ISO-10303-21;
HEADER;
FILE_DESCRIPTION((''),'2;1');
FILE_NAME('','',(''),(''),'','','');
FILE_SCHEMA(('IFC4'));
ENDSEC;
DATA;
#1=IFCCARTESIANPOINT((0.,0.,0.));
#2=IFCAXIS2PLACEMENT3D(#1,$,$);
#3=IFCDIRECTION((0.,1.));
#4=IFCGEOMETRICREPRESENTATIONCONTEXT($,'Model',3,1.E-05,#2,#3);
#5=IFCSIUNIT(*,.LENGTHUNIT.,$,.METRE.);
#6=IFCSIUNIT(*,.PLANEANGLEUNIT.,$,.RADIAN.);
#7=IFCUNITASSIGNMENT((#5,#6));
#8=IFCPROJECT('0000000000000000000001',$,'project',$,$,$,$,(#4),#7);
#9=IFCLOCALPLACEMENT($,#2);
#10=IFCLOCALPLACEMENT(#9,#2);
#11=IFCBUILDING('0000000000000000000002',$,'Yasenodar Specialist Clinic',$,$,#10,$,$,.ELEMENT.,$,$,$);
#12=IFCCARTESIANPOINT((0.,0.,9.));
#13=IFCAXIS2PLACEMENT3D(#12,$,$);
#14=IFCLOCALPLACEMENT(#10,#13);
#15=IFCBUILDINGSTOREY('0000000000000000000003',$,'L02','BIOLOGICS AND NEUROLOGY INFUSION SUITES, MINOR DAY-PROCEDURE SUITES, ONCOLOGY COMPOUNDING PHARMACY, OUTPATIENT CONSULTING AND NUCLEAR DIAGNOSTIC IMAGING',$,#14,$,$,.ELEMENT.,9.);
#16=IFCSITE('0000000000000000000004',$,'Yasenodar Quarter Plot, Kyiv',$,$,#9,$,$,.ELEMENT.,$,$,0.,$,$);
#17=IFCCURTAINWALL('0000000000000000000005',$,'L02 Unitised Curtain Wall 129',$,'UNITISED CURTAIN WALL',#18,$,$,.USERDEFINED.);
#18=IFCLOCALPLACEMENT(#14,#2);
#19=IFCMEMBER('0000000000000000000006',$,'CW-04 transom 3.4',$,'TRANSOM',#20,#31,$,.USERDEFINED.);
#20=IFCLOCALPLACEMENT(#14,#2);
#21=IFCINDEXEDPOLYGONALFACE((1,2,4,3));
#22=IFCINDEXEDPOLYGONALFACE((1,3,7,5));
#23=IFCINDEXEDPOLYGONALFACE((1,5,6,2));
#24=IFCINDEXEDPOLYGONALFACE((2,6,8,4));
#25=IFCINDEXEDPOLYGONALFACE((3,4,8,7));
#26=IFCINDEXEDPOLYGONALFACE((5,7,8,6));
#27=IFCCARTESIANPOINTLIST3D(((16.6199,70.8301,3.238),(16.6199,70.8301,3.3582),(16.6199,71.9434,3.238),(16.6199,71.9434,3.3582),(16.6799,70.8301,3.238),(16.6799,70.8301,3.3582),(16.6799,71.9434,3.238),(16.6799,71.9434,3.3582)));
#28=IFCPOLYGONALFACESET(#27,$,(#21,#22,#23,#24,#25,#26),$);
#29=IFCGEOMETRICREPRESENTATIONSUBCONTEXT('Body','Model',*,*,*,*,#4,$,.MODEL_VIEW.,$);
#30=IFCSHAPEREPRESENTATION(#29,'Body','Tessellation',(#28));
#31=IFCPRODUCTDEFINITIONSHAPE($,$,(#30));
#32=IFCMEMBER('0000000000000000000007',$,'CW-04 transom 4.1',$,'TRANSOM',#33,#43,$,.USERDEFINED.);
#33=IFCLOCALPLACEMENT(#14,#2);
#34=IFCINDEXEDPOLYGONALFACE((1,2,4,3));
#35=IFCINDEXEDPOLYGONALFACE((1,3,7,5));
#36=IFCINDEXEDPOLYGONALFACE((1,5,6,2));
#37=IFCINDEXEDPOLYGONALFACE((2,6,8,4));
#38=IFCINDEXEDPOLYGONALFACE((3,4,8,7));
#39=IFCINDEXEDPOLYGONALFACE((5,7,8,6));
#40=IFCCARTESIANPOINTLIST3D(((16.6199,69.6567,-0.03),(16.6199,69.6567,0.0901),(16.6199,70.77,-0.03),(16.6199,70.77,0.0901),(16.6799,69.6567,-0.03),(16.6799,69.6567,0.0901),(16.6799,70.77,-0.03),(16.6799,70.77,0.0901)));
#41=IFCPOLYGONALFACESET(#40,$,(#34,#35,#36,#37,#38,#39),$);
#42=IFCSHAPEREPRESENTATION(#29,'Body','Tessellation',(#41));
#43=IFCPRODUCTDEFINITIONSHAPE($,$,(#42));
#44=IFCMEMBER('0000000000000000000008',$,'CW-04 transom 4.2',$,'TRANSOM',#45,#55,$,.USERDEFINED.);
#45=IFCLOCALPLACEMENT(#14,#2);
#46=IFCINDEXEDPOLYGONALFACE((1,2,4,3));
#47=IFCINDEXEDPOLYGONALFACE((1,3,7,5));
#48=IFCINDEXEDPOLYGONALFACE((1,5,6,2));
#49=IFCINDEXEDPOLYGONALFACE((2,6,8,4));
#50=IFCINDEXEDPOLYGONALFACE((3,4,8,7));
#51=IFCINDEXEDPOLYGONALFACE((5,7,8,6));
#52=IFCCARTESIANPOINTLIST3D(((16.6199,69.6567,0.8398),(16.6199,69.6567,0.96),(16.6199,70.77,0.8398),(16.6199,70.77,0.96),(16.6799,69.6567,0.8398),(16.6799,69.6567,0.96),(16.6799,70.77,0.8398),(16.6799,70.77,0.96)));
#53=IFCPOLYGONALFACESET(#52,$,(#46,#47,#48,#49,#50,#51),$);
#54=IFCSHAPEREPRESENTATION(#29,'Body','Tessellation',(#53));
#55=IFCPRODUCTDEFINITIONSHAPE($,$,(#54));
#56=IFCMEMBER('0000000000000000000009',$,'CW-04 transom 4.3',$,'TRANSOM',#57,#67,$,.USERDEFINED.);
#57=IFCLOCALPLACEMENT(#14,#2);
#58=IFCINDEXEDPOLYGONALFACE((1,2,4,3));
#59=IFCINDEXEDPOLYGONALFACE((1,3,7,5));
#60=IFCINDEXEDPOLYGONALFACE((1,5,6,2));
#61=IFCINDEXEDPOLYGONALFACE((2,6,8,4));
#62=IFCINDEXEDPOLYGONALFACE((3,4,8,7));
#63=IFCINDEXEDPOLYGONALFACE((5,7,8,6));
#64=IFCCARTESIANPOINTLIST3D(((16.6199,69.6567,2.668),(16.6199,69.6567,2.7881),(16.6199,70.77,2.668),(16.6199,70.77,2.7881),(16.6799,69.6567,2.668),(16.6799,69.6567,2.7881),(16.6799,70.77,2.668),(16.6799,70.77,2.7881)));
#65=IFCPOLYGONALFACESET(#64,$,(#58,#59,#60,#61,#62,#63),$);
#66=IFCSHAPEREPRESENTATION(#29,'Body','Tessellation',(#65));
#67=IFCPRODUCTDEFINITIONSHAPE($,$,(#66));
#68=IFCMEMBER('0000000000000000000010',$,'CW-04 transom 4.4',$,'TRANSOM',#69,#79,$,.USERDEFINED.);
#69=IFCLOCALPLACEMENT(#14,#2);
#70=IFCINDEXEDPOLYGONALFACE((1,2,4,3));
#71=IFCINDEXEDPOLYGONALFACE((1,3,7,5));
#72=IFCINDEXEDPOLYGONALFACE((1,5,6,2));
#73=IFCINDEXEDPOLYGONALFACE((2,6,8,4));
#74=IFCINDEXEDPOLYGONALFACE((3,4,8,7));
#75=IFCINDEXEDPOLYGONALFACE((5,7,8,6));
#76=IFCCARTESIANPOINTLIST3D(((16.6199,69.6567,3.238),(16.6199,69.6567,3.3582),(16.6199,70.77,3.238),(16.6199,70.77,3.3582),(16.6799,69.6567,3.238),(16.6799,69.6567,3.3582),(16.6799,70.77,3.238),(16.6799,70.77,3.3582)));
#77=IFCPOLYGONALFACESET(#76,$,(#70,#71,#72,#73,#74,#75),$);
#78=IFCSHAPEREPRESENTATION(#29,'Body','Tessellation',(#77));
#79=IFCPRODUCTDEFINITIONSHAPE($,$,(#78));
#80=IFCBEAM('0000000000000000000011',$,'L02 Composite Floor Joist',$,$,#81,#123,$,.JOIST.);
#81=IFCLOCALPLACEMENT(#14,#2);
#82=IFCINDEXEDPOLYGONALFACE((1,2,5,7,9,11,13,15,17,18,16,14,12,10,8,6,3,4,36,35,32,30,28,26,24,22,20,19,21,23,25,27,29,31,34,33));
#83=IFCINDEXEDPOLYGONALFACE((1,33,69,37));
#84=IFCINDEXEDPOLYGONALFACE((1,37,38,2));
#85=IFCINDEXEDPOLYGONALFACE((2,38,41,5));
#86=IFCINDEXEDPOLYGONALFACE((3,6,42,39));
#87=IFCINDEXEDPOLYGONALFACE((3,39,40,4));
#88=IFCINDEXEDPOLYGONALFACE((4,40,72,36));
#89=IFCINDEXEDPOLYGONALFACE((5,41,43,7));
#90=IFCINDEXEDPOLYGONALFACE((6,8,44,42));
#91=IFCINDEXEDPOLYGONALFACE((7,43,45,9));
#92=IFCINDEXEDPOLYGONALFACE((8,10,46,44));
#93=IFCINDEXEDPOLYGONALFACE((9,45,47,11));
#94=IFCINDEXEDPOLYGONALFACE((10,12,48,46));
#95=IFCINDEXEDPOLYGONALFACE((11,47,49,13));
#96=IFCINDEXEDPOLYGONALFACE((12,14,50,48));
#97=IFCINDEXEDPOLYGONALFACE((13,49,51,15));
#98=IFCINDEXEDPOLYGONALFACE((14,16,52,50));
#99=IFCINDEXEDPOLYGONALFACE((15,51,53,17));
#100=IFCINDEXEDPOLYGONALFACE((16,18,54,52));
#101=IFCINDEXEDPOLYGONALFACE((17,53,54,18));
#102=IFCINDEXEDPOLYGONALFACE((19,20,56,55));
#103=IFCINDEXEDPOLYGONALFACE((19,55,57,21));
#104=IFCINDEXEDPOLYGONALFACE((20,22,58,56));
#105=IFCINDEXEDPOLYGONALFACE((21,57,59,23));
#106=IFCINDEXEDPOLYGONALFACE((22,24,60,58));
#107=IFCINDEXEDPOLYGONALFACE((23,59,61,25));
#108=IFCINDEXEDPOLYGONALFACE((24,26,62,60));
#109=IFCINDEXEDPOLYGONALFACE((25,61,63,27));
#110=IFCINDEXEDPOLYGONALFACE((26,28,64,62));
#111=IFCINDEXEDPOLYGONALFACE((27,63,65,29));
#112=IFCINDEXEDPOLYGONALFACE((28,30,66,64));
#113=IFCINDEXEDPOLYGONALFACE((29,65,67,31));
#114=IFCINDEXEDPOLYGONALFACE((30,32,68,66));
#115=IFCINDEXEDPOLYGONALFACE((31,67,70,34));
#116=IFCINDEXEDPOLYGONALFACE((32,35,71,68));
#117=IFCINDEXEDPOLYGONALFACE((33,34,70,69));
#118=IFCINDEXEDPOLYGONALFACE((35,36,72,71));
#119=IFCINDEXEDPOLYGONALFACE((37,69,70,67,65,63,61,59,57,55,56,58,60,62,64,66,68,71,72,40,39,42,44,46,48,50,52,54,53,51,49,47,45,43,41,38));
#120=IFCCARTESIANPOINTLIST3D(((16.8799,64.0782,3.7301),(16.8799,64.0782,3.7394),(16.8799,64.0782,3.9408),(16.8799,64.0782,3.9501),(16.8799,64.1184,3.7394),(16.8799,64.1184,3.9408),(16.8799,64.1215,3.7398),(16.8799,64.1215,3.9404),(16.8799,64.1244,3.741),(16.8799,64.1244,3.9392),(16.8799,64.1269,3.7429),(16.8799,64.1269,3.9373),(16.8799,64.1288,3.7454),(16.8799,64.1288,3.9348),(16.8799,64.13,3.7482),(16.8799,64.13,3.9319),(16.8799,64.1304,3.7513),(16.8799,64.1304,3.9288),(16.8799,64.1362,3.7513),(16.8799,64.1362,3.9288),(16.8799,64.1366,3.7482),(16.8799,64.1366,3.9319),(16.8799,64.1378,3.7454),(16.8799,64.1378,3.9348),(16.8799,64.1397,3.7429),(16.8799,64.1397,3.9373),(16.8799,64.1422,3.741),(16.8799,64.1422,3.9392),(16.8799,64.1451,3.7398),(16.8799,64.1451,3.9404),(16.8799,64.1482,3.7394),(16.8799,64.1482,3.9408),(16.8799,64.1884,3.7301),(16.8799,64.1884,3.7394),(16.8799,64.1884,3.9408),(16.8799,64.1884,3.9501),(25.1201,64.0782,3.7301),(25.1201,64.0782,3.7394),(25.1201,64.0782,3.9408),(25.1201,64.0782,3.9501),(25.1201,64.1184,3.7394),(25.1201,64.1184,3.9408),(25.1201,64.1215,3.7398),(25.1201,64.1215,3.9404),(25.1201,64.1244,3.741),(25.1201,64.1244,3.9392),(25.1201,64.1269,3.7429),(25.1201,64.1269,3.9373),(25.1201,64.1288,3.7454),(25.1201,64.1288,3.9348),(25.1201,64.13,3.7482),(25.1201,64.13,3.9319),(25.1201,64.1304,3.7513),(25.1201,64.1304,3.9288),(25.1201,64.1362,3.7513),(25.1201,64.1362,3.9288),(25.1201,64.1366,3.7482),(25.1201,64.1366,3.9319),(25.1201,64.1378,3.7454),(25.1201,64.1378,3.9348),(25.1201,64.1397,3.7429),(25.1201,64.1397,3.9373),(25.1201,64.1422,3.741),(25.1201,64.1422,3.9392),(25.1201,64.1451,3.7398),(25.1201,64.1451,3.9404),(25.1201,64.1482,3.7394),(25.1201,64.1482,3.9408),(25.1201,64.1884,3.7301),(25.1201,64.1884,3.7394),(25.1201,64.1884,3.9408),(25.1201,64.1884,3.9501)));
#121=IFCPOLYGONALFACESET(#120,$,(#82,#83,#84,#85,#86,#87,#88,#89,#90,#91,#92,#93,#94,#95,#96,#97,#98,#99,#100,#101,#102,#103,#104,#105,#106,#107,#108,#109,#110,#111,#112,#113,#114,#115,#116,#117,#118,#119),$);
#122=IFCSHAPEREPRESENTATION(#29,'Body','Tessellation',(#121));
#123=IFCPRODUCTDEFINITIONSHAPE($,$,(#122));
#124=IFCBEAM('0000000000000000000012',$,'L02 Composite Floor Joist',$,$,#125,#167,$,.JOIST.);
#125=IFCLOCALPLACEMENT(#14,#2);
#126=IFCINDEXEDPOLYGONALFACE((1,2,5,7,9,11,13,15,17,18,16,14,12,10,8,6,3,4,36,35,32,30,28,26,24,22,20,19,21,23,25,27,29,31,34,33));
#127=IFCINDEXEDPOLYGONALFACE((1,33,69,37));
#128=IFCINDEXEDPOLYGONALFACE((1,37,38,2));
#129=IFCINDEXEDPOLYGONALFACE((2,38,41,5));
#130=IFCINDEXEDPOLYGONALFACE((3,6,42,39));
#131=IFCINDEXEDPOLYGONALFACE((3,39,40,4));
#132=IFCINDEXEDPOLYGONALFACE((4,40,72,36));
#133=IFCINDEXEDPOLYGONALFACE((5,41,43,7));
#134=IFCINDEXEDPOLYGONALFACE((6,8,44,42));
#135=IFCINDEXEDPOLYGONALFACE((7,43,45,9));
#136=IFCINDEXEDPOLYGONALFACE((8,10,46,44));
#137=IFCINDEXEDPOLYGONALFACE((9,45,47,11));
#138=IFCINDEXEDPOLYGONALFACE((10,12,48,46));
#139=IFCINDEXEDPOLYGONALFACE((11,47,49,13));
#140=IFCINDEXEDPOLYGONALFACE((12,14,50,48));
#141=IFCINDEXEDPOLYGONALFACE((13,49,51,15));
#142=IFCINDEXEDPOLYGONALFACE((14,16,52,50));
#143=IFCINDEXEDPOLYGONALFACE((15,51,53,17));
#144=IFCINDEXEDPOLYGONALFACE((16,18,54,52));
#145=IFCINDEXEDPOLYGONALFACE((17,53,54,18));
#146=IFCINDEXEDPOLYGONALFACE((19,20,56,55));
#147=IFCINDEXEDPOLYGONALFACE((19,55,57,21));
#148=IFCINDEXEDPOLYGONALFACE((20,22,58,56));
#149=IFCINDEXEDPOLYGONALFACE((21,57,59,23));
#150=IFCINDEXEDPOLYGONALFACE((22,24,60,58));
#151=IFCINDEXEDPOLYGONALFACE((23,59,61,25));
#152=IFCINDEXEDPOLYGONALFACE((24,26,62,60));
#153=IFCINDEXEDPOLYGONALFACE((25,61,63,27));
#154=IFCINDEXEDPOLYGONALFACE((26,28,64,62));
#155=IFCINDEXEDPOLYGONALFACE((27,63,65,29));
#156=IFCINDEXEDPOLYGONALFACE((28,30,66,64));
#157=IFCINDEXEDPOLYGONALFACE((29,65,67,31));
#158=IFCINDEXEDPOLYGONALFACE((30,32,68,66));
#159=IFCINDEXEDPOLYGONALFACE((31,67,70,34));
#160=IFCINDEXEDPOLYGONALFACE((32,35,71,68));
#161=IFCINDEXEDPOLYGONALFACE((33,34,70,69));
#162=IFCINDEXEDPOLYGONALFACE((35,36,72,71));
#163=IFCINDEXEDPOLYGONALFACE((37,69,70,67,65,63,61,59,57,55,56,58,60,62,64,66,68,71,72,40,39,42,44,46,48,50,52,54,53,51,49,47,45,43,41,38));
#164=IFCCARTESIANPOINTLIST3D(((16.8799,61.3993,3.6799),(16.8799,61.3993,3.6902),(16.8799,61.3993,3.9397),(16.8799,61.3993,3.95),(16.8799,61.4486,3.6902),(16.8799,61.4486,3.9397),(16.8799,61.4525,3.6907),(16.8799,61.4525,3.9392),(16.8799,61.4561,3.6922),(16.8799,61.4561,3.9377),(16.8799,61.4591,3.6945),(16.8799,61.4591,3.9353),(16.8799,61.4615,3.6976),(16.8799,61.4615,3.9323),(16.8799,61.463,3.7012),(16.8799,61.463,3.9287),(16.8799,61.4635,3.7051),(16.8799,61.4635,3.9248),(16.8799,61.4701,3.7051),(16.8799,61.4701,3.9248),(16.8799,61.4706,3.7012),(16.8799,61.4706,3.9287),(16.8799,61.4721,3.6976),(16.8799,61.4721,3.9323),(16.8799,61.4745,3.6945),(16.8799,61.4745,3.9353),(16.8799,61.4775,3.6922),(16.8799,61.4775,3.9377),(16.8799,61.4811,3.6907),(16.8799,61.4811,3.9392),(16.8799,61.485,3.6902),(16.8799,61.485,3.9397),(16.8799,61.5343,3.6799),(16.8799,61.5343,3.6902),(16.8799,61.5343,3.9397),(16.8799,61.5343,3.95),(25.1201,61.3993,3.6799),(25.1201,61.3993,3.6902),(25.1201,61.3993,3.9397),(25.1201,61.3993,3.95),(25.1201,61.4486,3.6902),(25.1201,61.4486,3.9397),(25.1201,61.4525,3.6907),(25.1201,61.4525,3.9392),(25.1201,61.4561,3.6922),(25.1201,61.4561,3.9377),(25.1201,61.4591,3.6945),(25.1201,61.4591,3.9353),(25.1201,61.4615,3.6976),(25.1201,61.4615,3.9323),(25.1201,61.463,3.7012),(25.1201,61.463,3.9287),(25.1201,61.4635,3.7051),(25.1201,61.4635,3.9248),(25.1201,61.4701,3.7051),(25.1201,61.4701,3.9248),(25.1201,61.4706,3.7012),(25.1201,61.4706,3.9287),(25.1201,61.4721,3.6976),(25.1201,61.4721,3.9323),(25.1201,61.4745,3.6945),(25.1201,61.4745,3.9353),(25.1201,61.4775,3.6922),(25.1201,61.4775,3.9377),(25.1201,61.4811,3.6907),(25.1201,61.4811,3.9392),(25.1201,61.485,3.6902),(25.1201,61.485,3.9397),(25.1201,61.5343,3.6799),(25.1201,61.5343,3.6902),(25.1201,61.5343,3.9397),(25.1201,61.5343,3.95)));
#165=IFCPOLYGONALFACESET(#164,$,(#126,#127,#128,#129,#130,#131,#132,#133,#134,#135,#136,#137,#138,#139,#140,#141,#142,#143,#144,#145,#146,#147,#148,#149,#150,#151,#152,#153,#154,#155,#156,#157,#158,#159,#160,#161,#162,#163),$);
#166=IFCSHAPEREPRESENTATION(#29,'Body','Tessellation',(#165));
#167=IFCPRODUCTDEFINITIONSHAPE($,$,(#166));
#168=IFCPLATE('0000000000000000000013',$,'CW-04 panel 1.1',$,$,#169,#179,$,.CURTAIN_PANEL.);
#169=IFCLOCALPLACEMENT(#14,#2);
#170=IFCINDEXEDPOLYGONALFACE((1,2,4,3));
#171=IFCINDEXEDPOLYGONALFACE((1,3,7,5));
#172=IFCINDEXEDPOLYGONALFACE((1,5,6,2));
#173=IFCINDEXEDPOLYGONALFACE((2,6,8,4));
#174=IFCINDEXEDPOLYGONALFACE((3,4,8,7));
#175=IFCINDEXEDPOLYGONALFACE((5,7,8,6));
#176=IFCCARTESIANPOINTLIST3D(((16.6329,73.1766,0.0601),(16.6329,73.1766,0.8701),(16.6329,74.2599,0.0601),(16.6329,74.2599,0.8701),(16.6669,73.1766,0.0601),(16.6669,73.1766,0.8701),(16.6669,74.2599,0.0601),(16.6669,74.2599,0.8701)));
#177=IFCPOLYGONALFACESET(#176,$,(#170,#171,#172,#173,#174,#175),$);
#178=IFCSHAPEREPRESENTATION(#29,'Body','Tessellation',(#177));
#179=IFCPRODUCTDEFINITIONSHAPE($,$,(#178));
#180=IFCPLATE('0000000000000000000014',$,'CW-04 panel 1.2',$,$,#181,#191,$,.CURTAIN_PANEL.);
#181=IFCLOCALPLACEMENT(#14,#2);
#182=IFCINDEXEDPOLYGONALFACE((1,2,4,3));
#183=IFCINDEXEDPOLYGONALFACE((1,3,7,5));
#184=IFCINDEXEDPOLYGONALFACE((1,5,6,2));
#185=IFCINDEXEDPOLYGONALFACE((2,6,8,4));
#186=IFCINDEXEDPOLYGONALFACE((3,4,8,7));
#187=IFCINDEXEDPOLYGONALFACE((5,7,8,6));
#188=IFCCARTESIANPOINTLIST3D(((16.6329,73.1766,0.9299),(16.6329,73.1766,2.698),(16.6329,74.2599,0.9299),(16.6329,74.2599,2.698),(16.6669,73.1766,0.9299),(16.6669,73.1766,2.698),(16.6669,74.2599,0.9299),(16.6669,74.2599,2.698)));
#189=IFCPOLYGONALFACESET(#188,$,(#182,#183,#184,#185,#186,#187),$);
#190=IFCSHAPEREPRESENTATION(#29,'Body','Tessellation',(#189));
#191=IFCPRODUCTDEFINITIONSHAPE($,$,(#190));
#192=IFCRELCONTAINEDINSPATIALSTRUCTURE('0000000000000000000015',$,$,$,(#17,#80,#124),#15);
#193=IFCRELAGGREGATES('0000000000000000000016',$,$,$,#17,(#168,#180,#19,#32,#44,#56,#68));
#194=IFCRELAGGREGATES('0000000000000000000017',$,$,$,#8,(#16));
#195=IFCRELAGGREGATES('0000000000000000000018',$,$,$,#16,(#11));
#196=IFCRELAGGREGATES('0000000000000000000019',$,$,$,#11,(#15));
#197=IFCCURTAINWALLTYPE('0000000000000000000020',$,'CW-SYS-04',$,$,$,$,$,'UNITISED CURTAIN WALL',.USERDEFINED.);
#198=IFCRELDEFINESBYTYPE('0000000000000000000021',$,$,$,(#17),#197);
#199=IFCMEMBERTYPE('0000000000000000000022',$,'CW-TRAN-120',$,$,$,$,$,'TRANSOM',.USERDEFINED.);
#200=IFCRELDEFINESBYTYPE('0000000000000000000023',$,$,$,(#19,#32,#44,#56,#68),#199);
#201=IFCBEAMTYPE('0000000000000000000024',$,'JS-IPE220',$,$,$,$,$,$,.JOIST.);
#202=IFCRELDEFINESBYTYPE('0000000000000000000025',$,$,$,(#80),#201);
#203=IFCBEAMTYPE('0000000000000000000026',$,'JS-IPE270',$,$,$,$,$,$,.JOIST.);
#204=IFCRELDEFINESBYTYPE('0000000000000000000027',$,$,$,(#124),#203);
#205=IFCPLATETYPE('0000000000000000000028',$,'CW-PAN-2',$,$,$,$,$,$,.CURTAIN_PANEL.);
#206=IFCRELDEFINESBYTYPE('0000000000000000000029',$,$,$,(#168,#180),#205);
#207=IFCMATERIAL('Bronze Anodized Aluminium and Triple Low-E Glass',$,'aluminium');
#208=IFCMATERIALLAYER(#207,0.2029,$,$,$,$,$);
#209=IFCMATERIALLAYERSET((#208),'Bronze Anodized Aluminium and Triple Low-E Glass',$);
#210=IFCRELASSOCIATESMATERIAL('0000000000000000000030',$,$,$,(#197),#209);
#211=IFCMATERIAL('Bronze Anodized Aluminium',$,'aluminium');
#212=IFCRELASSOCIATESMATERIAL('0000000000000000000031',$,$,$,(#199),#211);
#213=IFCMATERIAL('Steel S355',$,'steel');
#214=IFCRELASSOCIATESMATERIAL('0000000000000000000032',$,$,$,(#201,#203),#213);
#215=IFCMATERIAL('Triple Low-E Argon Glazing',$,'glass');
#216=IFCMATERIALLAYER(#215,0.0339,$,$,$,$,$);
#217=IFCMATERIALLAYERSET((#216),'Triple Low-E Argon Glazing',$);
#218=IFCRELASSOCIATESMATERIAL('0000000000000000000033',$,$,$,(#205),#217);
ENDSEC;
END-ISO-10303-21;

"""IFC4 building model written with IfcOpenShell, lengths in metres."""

from ifc_helpers import new_model, si_unit, direction, frame, origin, origin_2d, place, context, subcontext, project, spatial, rectangle, i_section, extrude, material, layer, layer_set, material_profile, profile_set, type_object, element, aggregate, save


model = new_model("IFC4")

# Units and contexts
model_context = context("Model", 3, precision=1e-05, world=origin(), true_north=direction((0.0, 1.0)))
body_context = subcontext(model_context, "Body", "Model", "MODEL_VIEW")
ifc_project = project(units=[si_unit("LENGTHUNIT", "METRE"), si_unit("PLANEANGLEUNIT", "RADIAN")], contexts=[model_context])

# Site, building, storey
site_placement = place(None, origin())
site = spatial("IfcSite", under=ifc_project, at=site_placement, Name="Yasenodar Quarter Plot, Kyiv", CompositionType="ELEMENT", RefElevation=0.0)
building_placement = place(site_placement, origin())
building = spatial("IfcBuilding", under=site, at=building_placement, Name="Yasenodar Specialist Clinic", CompositionType="ELEMENT")
storey_placement = place(building_placement, frame((0.0, 0.0, 9.0)))
storey = spatial("IfcBuildingStorey", under=building, at=storey_placement, Name="L02", Description="BIOLOGICS AND NEUROLOGY INFUSION SUITES, MINOR DAY-PROCEDURE SUITES, ONCOLOGY COMPOUNDING PHARMACY, OUTPATIENT CONSULTING AND NUCLEAR DIAGNOSTIC IMAGING", CompositionType="ELEMENT", Elevation=9.0)

# Shared definitions
ifc_material_1 = material(Name="Steel S355", Category="steel")

# Curtain wall, members
ifc_material_2 = material(Name="Bronze Anodized Aluminium and Triple Low-E Glass", Category="aluminium")
ifc_layer_1 = layer(ifc_material_2, 0.2029)
ifc_layer_set_1 = layer_set([ifc_layer_1], Name="Bronze Anodized Aluminium and Triple Low-E Glass")
curtain_wall_type = type_object("IfcCurtainWallType", Name="CW-SYS-04", ElementType="UNITISED CURTAIN WALL", PredefinedType="USERDEFINED", material=ifc_layer_set_1)
curtain_wall_placement = place(storey_placement, origin())
curtain_wall = element("IfcCurtainWall", 1, at=curtain_wall_placement, inside=storey, type_object=curtain_wall_type, Name="L02 Unitised Curtain Wall 129", ObjectType="UNITISED CURTAIN WALL", PredefinedType="USERDEFINED")
ifc_material_3 = material(Name="Bronze Anodized Aluminium", Category="aluminium")
ifc_material_profile_1 = material_profile(ifc_material_3, rectangle(XDim=0.0601, YDim=0.1201, at=origin_2d()), Name="CW-TRAN 60x120")
ifc_profile_set_1 = profile_set([ifc_material_profile_1], Name="Bronze Anodized Aluminium")
member_type_1 = type_object("IfcMemberType", Name="CW-TRAN-120", ElementType="TRANSOM", PredefinedType="USERDEFINED", material=ifc_profile_set_1)
member_1_placement = place(storey_placement, frame((16.6499, 71.9434, 3.2981), z_axis=(0.0, -1.0, 0.0), x_axis=(1.0, 0.0, 0.0)))
member_1 = element("IfcMember", 2, at=member_1_placement, type_object=member_type_1, Name="CW-04 transom 3.4", ObjectType="TRANSOM", PredefinedType="USERDEFINED", context=body_context, shape_type="SweptSolid", body=[
    extrude(rectangle(XDim=0.0601, YDim=0.1201, at=origin_2d()), origin(), (0.0, 0.0, 1.0), 1.1133),
])
member_2_placement = place(storey_placement, frame((16.6499, 70.77, 0.03), z_axis=(0.0, -1.0, 0.0), x_axis=(1.0, 0.0, 0.0)))
member_2 = element("IfcMember", 3, at=member_2_placement, type_object=member_type_1, Name="CW-04 transom 4.1", ObjectType="TRANSOM", PredefinedType="USERDEFINED", context=body_context, shape_type="SweptSolid", body=[
    extrude(rectangle(XDim=0.0601, YDim=0.1201, at=origin_2d()), origin(), (0.0, 0.0, 1.0), 1.1133),
])
member_3_placement = place(storey_placement, frame((16.6499, 70.77, 0.8999), z_axis=(0.0, -1.0, 0.0), x_axis=(1.0, 0.0, 0.0)))
member_3 = element("IfcMember", 4, at=member_3_placement, type_object=member_type_1, Name="CW-04 transom 4.2", ObjectType="TRANSOM", PredefinedType="USERDEFINED", context=body_context, shape_type="SweptSolid", body=[
    extrude(rectangle(XDim=0.0601, YDim=0.1201, at=origin_2d()), origin(), (0.0, 0.0, 1.0), 1.1133),
])
member_4_placement = place(storey_placement, frame((16.6499, 70.77, 2.728), z_axis=(0.0, -1.0, 0.0), x_axis=(1.0, 0.0, 0.0)))
member_4 = element("IfcMember", 5, at=member_4_placement, type_object=member_type_1, Name="CW-04 transom 4.3", ObjectType="TRANSOM", PredefinedType="USERDEFINED", context=body_context, shape_type="SweptSolid", body=[
    extrude(rectangle(XDim=0.0601, YDim=0.1201, at=origin_2d()), origin(), (0.0, 0.0, 1.0), 1.1133),
])
member_5_placement = place(storey_placement, frame((16.6499, 70.77, 3.2981), z_axis=(0.0, -1.0, 0.0), x_axis=(1.0, 0.0, 0.0)))
member_5 = element("IfcMember", 6, at=member_5_placement, type_object=member_type_1, Name="CW-04 transom 4.4", ObjectType="TRANSOM", PredefinedType="USERDEFINED", context=body_context, shape_type="SweptSolid", body=[
    extrude(rectangle(XDim=0.0601, YDim=0.1201, at=origin_2d()), origin(), (0.0, 0.0, 1.0), 1.1133),
])

# Beams
ifc_material_profile_2 = material_profile(ifc_material_1, i_section(OverallWidth=0.1101, OverallDepth=0.22, WebThickness=0.0059, FlangeThickness=0.0093, FilletRadius=0.012, at=origin_2d()), Name="IPE 220")
ifc_profile_set_2 = profile_set([ifc_material_profile_2], Name="Steel S355")
beam_type_1 = type_object("IfcBeamType", Name="JS-IPE220", PredefinedType="JOIST", material=ifc_profile_set_2)
beam_1_placement = place(storey_placement, frame((16.8799, 64.1333, 3.8401), z_axis=(1.0, 0.0, 0.0), x_axis=(0.0, 1.0, 0.0)))
element("IfcBeam", 7, at=beam_1_placement, inside=storey, type_object=beam_type_1, Name="L02 Composite Floor Joist", PredefinedType="JOIST", context=body_context, shape_type="SweptSolid", body=[
    extrude(i_section(OverallWidth=0.1101, OverallDepth=0.22, WebThickness=0.0059, FlangeThickness=0.0093, FilletRadius=0.012, at=origin_2d()), origin(), (0.0, 0.0, 1.0), 8.2402),
])
ifc_material_profile_3 = material_profile(ifc_material_1, i_section(OverallWidth=0.135, OverallDepth=0.27, WebThickness=0.0066, FlangeThickness=0.0103, FilletRadius=0.0149, at=origin_2d()), Name="IPE 270")
ifc_profile_set_3 = profile_set([ifc_material_profile_3], Name="Steel S355")
beam_type_2 = type_object("IfcBeamType", Name="JS-IPE270", PredefinedType="JOIST", material=ifc_profile_set_3)
beam_2_placement = place(storey_placement, frame((16.8799, 61.4668, 3.8149), z_axis=(1.0, 0.0, 0.0), x_axis=(0.0, 1.0, 0.0)))
element("IfcBeam", 8, at=beam_2_placement, inside=storey, type_object=beam_type_2, Name="L02 Composite Floor Joist", PredefinedType="JOIST", context=body_context, shape_type="SweptSolid", body=[
    extrude(i_section(OverallWidth=0.135, OverallDepth=0.27, WebThickness=0.0066, FlangeThickness=0.0103, FilletRadius=0.0149, at=origin_2d()), origin(), (0.0, 0.0, 1.0), 8.2402),
])

# Plates
ifc_material_4 = material(Name="Triple Low-E Argon Glazing", Category="glass")
ifc_layer_2 = layer(ifc_material_4, 0.0339)
ifc_layer_set_2 = layer_set([ifc_layer_2], Name="Triple Low-E Argon Glazing")
plate_type = type_object("IfcPlateType", Name="CW-PAN-2", PredefinedType="CURTAIN_PANEL", material=ifc_layer_set_2)
plate_1_placement = place(storey_placement, frame((16.6499, 73.7183, 0.0601), z_axis=(0.0, 0.0, 1.0), x_axis=(0.0, -1.0, 0.0)))
plate_1 = element("IfcPlate", 9, at=plate_1_placement, type_object=plate_type, Name="CW-04 panel 1.1", PredefinedType="CURTAIN_PANEL", context=body_context, shape_type="SweptSolid", body=[
    extrude(rectangle(XDim=1.0833, YDim=0.0339, at=origin_2d()), origin(), (0.0, 0.0, 1.0), 0.8101),
])
plate_2_placement = place(storey_placement, frame((16.6499, 73.7183, 0.9299), z_axis=(0.0, 0.0, 1.0), x_axis=(0.0, -1.0, 0.0)))
plate_2 = element("IfcPlate", 10, at=plate_2_placement, type_object=plate_type, Name="CW-04 panel 1.2", PredefinedType="CURTAIN_PANEL", context=body_context, shape_type="SweptSolid", body=[
    extrude(rectangle(XDim=1.0833, YDim=0.0339, at=origin_2d()), origin(), (0.0, 0.0, 1.0), 1.7681),
])
aggregate(curtain_wall, [plate_1, plate_2, member_1, member_2, member_3, member_4, member_5])

save(model, "model.ifc")
